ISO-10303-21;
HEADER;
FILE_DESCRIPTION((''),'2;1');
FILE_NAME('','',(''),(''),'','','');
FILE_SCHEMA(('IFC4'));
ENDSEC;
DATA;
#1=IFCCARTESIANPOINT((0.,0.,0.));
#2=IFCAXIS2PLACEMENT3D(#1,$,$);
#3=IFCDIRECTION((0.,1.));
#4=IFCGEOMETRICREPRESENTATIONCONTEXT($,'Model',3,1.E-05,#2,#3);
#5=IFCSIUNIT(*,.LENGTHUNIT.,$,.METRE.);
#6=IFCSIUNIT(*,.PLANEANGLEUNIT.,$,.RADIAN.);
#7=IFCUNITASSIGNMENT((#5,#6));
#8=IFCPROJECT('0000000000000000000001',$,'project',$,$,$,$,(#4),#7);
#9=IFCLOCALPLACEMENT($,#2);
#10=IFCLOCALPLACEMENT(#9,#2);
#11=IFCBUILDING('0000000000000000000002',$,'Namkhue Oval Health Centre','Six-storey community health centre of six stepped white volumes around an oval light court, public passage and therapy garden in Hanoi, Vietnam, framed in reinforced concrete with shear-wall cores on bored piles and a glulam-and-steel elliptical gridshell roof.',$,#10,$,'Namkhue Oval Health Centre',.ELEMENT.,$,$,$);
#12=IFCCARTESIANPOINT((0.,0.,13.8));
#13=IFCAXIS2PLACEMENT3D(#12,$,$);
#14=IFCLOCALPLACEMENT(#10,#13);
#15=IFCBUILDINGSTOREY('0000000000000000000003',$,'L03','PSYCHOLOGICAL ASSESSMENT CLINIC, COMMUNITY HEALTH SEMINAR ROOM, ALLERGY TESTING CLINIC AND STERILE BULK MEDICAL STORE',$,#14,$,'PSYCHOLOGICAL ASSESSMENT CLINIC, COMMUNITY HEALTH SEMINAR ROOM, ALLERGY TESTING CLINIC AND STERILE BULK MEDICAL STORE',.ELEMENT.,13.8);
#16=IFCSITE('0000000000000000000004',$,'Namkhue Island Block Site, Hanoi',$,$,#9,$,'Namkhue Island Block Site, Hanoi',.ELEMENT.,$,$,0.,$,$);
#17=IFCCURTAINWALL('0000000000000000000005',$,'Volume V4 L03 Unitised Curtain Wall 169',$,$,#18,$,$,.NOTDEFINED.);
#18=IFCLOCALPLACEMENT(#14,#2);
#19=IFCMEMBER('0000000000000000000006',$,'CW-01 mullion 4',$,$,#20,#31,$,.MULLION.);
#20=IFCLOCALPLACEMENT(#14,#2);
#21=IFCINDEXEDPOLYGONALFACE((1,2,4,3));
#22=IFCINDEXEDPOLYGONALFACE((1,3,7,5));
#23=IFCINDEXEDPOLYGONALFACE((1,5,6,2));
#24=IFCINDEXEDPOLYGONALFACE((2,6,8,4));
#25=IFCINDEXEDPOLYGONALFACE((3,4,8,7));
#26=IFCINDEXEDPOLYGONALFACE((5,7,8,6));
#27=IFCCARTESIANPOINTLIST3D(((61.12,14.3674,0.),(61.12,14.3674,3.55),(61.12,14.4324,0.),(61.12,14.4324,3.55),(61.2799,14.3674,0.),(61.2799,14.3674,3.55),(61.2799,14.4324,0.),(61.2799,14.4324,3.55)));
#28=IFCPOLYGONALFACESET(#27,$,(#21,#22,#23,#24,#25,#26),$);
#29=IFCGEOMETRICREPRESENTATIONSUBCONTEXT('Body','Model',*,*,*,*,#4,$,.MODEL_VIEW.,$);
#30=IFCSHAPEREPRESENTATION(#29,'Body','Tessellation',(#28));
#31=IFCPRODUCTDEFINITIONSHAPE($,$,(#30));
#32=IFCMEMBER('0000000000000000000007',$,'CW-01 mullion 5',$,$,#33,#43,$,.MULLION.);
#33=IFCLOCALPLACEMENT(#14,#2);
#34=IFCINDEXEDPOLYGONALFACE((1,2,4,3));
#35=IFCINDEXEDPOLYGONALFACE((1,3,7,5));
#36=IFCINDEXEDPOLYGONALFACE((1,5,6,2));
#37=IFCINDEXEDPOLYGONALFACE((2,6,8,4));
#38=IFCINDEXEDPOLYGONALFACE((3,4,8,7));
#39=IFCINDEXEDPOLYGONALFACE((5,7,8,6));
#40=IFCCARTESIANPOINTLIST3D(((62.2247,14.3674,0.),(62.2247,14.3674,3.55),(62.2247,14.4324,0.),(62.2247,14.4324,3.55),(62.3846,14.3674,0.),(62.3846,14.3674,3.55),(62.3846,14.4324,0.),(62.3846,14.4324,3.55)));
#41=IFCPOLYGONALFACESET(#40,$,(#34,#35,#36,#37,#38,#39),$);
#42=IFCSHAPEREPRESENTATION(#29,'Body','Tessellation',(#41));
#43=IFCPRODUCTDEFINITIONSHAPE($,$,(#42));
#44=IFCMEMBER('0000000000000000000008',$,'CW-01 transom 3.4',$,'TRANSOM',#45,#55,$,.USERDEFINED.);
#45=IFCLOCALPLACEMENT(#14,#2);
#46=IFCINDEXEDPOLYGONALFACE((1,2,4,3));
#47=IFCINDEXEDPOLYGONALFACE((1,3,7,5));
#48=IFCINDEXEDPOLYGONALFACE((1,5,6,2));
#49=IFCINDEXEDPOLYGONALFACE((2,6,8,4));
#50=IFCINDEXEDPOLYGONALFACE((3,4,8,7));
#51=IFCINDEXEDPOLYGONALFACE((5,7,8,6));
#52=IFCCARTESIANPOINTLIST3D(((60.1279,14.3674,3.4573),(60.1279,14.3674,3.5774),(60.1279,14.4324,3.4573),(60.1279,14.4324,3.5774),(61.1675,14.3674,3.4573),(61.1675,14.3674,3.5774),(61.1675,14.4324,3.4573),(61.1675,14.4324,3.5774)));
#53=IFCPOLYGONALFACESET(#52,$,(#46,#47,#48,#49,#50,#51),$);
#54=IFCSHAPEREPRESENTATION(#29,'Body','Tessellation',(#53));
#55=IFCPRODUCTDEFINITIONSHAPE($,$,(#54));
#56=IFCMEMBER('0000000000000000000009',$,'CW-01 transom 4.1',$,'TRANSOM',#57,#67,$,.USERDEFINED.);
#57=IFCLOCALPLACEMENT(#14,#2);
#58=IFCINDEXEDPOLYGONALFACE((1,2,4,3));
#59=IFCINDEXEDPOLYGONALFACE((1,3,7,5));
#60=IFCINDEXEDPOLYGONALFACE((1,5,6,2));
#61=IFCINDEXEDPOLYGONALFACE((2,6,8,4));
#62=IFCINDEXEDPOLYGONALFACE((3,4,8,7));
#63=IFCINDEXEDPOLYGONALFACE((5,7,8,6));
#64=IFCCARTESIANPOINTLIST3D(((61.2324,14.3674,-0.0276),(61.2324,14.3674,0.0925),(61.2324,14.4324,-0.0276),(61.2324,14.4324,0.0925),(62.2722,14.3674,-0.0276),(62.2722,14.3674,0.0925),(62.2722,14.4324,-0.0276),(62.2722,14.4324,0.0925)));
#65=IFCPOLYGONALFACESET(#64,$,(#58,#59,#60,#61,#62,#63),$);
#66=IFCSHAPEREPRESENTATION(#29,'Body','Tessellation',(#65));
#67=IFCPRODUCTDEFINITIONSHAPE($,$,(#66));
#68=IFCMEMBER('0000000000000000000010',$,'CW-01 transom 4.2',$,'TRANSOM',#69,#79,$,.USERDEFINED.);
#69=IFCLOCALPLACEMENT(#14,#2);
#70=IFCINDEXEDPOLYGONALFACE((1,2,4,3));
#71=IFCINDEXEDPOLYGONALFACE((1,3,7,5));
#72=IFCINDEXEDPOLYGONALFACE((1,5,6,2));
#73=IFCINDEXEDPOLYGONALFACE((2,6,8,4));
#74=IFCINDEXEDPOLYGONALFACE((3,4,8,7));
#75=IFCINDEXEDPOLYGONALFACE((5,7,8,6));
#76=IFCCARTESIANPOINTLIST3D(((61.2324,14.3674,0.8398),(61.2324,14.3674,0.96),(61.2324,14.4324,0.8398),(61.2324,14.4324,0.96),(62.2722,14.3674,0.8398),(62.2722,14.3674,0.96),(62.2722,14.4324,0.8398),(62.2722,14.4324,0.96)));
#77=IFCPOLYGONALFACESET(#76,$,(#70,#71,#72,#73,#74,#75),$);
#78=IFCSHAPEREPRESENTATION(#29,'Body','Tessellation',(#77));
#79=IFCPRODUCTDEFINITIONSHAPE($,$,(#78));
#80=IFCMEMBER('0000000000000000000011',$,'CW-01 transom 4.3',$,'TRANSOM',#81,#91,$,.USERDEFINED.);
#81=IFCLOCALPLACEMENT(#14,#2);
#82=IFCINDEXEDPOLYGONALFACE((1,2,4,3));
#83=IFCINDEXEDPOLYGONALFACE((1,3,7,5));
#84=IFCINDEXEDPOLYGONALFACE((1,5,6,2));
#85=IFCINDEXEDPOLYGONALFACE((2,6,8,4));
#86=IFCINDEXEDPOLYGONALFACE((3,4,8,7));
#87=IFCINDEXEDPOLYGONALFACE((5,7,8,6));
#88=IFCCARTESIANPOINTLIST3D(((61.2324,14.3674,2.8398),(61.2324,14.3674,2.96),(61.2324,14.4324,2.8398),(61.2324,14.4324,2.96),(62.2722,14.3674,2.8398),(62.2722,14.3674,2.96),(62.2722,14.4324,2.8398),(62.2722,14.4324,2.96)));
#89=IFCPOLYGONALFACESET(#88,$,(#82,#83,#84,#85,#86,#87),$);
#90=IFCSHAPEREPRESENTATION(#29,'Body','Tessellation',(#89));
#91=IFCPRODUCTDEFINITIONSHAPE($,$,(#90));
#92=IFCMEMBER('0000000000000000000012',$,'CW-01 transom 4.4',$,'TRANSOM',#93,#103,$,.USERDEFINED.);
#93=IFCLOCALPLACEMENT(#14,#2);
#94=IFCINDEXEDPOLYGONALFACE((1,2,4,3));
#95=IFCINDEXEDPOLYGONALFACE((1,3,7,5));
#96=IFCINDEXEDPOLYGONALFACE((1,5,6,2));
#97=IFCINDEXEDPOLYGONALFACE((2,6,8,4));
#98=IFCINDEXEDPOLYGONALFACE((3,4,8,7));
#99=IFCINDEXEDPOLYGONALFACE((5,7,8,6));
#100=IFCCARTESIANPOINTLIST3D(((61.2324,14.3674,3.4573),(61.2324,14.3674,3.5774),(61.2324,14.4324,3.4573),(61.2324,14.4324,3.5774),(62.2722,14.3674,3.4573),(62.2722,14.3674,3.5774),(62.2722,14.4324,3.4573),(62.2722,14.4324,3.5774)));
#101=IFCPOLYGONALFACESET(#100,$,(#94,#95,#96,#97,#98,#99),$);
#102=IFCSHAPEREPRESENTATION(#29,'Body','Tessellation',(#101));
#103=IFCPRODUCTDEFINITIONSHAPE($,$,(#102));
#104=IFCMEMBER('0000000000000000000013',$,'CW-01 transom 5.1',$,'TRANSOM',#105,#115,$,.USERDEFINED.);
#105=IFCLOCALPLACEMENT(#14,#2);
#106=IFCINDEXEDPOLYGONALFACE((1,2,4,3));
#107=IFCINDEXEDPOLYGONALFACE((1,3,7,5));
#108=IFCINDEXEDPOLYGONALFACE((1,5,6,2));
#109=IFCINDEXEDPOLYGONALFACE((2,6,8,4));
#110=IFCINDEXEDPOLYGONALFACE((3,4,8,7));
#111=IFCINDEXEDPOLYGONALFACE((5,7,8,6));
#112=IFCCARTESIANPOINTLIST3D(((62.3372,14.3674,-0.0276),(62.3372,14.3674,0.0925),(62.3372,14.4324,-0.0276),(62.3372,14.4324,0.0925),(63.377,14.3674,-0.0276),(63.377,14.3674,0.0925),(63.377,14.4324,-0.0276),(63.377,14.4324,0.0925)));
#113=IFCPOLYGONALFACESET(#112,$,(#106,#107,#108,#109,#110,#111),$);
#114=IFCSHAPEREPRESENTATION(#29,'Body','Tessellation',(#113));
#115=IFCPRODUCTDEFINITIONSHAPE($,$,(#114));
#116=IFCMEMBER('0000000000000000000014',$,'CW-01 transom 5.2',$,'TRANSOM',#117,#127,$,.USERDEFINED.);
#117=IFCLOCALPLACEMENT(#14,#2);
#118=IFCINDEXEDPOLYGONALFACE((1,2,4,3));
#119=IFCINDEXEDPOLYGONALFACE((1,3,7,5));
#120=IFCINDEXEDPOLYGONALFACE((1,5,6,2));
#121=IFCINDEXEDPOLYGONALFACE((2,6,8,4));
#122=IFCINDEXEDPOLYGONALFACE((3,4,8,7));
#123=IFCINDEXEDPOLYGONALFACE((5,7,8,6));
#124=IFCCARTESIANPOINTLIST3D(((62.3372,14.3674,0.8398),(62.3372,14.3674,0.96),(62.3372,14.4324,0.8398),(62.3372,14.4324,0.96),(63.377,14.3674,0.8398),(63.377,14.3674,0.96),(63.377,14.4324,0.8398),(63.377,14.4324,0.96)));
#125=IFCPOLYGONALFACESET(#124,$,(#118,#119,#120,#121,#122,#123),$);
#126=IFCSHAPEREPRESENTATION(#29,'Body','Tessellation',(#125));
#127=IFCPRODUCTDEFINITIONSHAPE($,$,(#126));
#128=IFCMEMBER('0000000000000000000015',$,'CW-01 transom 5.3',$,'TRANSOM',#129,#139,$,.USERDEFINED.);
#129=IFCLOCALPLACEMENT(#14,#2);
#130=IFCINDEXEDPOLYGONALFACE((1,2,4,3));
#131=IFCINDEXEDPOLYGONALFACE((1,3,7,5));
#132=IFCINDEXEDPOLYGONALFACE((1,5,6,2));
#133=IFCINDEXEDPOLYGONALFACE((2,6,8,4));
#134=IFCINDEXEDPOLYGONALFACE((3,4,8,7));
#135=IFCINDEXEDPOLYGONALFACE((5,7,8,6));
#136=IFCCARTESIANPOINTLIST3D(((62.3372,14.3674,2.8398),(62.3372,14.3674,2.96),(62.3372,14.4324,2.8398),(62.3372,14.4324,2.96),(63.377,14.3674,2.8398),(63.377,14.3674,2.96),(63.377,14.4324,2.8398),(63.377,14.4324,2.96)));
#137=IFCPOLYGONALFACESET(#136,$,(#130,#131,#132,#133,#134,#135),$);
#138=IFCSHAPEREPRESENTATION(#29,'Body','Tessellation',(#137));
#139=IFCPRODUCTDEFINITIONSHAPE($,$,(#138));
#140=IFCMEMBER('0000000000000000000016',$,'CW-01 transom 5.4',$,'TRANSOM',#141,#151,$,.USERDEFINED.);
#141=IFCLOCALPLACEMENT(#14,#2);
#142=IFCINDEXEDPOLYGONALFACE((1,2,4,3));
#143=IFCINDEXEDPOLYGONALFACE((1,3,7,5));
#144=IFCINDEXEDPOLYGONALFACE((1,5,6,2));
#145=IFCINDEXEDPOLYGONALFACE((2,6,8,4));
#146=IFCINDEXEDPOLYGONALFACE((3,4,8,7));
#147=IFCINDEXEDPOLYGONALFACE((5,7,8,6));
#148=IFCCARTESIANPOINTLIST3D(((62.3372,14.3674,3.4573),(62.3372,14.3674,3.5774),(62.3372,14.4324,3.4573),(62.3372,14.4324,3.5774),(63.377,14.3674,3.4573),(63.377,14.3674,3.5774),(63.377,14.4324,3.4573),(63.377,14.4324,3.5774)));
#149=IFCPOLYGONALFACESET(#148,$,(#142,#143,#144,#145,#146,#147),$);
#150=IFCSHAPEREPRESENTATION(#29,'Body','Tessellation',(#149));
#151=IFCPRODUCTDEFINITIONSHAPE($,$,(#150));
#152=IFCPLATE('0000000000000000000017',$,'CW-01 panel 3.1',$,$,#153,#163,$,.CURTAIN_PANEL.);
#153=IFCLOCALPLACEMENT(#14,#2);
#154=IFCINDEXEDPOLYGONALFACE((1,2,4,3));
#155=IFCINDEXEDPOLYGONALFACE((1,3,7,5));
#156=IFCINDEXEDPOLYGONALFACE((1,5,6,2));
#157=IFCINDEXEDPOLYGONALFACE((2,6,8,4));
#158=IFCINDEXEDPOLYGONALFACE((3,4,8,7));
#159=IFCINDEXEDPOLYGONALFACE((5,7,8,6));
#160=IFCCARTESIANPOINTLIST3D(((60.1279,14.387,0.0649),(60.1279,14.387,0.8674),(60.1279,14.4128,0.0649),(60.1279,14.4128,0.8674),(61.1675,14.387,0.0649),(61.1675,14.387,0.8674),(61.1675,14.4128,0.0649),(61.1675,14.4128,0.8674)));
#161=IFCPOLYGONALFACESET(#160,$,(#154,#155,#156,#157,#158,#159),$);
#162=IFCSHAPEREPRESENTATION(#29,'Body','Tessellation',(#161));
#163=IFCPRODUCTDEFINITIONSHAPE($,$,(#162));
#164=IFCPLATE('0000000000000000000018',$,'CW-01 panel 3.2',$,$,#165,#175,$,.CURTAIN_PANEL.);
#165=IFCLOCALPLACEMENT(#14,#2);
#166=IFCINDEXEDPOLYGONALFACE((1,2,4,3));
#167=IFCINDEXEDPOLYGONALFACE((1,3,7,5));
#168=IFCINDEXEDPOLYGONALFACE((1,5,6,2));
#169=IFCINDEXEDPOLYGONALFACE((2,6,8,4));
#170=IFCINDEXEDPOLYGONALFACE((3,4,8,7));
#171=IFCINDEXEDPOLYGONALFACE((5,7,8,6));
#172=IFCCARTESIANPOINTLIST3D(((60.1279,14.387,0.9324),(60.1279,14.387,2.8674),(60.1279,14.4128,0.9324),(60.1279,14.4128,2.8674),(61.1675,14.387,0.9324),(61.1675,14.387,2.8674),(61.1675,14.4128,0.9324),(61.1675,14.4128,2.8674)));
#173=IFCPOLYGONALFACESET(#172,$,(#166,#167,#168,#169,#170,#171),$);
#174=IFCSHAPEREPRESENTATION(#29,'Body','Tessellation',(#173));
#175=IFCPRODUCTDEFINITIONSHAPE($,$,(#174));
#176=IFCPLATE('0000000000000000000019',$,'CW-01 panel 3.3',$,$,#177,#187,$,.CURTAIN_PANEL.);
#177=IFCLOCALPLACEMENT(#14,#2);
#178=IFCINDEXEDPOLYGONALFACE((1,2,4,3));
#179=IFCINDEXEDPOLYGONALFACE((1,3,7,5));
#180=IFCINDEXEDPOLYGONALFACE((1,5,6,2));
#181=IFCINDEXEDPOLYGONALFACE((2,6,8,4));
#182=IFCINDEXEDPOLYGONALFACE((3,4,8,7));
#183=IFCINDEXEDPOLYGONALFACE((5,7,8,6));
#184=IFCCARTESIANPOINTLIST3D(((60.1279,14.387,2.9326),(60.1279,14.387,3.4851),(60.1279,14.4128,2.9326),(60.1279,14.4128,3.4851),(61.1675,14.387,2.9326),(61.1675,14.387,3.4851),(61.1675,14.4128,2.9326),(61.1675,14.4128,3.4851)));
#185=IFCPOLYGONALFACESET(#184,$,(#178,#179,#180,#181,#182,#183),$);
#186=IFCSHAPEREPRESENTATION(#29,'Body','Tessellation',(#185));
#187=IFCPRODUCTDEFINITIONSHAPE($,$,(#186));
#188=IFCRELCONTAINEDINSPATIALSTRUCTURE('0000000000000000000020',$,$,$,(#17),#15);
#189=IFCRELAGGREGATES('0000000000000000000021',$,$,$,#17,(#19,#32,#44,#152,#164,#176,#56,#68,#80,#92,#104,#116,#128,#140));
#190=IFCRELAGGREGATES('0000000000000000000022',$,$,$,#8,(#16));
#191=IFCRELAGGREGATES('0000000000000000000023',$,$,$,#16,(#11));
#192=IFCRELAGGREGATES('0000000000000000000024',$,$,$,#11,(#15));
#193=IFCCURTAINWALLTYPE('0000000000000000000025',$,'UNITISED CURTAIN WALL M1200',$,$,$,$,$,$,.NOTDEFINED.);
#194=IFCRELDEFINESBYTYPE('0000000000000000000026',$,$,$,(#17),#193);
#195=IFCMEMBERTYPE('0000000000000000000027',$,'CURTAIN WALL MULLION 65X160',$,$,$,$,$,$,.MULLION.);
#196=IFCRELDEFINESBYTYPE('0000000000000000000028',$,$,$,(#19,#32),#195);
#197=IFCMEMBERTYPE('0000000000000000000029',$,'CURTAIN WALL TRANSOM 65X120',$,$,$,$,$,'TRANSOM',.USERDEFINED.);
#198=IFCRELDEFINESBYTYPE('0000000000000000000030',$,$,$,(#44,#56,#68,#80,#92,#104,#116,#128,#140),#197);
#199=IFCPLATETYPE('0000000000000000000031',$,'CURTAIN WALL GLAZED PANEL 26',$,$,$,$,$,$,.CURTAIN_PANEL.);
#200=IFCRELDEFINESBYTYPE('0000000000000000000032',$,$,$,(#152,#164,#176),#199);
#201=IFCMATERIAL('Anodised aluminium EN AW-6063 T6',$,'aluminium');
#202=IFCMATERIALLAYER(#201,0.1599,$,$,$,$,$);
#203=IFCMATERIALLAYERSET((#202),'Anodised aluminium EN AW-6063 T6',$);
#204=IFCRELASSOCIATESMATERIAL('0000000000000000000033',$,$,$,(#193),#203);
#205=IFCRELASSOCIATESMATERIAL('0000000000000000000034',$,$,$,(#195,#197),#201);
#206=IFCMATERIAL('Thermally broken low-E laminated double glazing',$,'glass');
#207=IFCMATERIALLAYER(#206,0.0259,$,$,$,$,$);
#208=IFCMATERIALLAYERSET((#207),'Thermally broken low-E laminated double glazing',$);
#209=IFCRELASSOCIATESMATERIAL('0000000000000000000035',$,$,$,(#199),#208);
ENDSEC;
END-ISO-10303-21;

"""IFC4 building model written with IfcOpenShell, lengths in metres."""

from ifc_helpers import new_model, si_unit, direction, frame, origin, origin_2d, place, context, subcontext, project, spatial, rectangle, extrude, material, layer, layer_set, material_profile, profile_set, type_object, element, aggregate, save


model = new_model("IFC4")

# Units and contexts
model_context = context("Model", 3, precision=1e-05, world=origin(), true_north=direction((0.0, 1.0)))
body_context = subcontext(model_context, "Body", "Model", "MODEL_VIEW")
ifc_project = project(units=[si_unit("LENGTHUNIT", "METRE"), si_unit("PLANEANGLEUNIT", "RADIAN")], contexts=[model_context])

# Site, building, storey
site_placement = place(None, origin())
site = spatial("IfcSite", under=ifc_project, at=site_placement, Name="Namkhue Island Block Site, Hanoi", LongName="Namkhue Island Block Site, Hanoi", CompositionType="ELEMENT", RefElevation=0.0)
building_placement = place(site_placement, origin())
building = spatial("IfcBuilding", under=site, at=building_placement, Name="Namkhue Oval Health Centre", Description="Six-storey community health centre of six stepped white volumes around an oval light court, public passage and therapy garden in Hanoi, Vietnam, framed in reinforced concrete with shear-wall cores on bored piles and a glulam-and-steel elliptical gridshell roof.", LongName="Namkhue Oval Health Centre", CompositionType="ELEMENT")
storey_placement = place(building_placement, frame((0.0, 0.0, 13.8)))
storey = spatial("IfcBuildingStorey", under=building, at=storey_placement, Name="L03", Description="PSYCHOLOGICAL ASSESSMENT CLINIC, COMMUNITY HEALTH SEMINAR ROOM, ALLERGY TESTING CLINIC AND STERILE BULK MEDICAL STORE", LongName="PSYCHOLOGICAL ASSESSMENT CLINIC, COMMUNITY HEALTH SEMINAR ROOM, ALLERGY TESTING CLINIC AND STERILE BULK MEDICAL STORE", CompositionType="ELEMENT", Elevation=13.8)

# Curtain wall, members, plates
ifc_material_1 = material(Name="Anodised aluminium EN AW-6063 T6", Category="aluminium")
ifc_layer_1 = layer(ifc_material_1, 0.1599)
ifc_layer_set_1 = layer_set([ifc_layer_1], Name="Anodised aluminium EN AW-6063 T6")
curtain_wall_type = type_object("IfcCurtainWallType", Name="UNITISED CURTAIN WALL M1200", PredefinedType="NOTDEFINED", material=ifc_layer_set_1)
curtain_wall_placement = place(storey_placement, origin())
curtain_wall = element("IfcCurtainWall", 1, at=curtain_wall_placement, inside=storey, type_object=curtain_wall_type, Name="Volume V4 L03 Unitised Curtain Wall 169", PredefinedType="NOTDEFINED")
ifc_material_profile_1 = material_profile(ifc_material_1, rectangle(XDim=0.0649, YDim=0.1599, at=origin_2d()), Name="ALU 65x160")
ifc_profile_set_1 = profile_set([ifc_material_profile_1], Name="Anodised aluminium EN AW-6063 T6")
member_type_1 = type_object("IfcMemberType", Name="CURTAIN WALL MULLION 65X160", PredefinedType="MULLION", material=ifc_profile_set_1)
member_1_placement = place(storey_placement, frame((61.2, 14.3999, 0.0), z_axis=(0.0, 0.0, 1.0), x_axis=(0.0, 1.0, 0.0)))
member_1 = element("IfcMember", 2, at=member_1_placement, type_object=member_type_1, Name="CW-01 mullion 4", PredefinedType="MULLION", context=body_context, shape_type="SweptSolid", body=[
    extrude(rectangle(XDim=0.0649, YDim=0.1599, at=origin_2d()), origin(), (0.0, 0.0, 1.0), 3.55),
])
member_2_placement = place(storey_placement, frame((62.3047, 14.3999, 0.0), z_axis=(0.0, 0.0, 1.0), x_axis=(0.0, 1.0, 0.0)))
member_2 = element("IfcMember", 3, at=member_2_placement, type_object=member_type_1, Name="CW-01 mullion 5", PredefinedType="MULLION", context=body_context, shape_type="SweptSolid", body=[
    extrude(rectangle(XDim=0.0649, YDim=0.1599, at=origin_2d()), origin(), (0.0, 0.0, 1.0), 3.55),
])
ifc_material_profile_2 = material_profile(ifc_material_1, rectangle(XDim=0.0649, YDim=0.1201, at=origin_2d()), Name="ALU 65x120")
ifc_profile_set_2 = profile_set([ifc_material_profile_2], Name="Anodised aluminium EN AW-6063 T6")
member_type_2 = type_object("IfcMemberType", Name="CURTAIN WALL TRANSOM 65X120", ElementType="TRANSOM", PredefinedType="USERDEFINED", material=ifc_profile_set_2)
member_3_placement = place(storey_placement, frame((60.1279, 14.3999, 3.5173), z_axis=(1.0, 0.0, 0.0), x_axis=(0.0, 1.0, 0.0)))
member_3 = element("IfcMember", 4, at=member_3_placement, type_object=member_type_2, Name="CW-01 transom 3.4", ObjectType="TRANSOM", PredefinedType="USERDEFINED", context=body_context, shape_type="SweptSolid", body=[
    extrude(rectangle(XDim=0.0649, YDim=0.1201, at=origin_2d()), origin(), (0.0, 0.0, 1.0), 1.0396),
])
member_4_placement = place(storey_placement, frame((61.2324, 14.3999, 0.0325), z_axis=(1.0, 0.0, 0.0), x_axis=(0.0, 1.0, 0.0)))
member_4 = element("IfcMember", 5, at=member_4_placement, type_object=member_type_2, Name="CW-01 transom 4.1", ObjectType="TRANSOM", PredefinedType="USERDEFINED", context=body_context, shape_type="SweptSolid", body=[
    extrude(rectangle(XDim=0.0649, YDim=0.1201, at=origin_2d()), origin(), (0.0, 0.0, 1.0), 1.0398),
])
member_5_placement = place(storey_placement, frame((61.2324, 14.3999, 0.8999), z_axis=(1.0, 0.0, 0.0), x_axis=(0.0, 1.0, 0.0)))
member_5 = element("IfcMember", 6, at=member_5_placement, type_object=member_type_2, Name="CW-01 transom 4.2", ObjectType="TRANSOM", PredefinedType="USERDEFINED", context=body_context, shape_type="SweptSolid", body=[
    extrude(rectangle(XDim=0.0649, YDim=0.1201, at=origin_2d()), origin(), (0.0, 0.0, 1.0), 1.0398),
])
member_6_placement = place(storey_placement, frame((61.2324, 14.3999, 2.8999), z_axis=(1.0, 0.0, 0.0), x_axis=(0.0, 1.0, 0.0)))
member_6 = element("IfcMember", 7, at=member_6_placement, type_object=member_type_2, Name="CW-01 transom 4.3", ObjectType="TRANSOM", PredefinedType="USERDEFINED", context=body_context, shape_type="SweptSolid", body=[
    extrude(rectangle(XDim=0.0649, YDim=0.1201, at=origin_2d()), origin(), (0.0, 0.0, 1.0), 1.0398),
])
member_7_placement = place(storey_placement, frame((61.2324, 14.3999, 3.5173), z_axis=(1.0, 0.0, 0.0), x_axis=(0.0, 1.0, 0.0)))
member_7 = element("IfcMember", 8, at=member_7_placement, type_object=member_type_2, Name="CW-01 transom 4.4", ObjectType="TRANSOM", PredefinedType="USERDEFINED", context=body_context, shape_type="SweptSolid", body=[
    extrude(rectangle(XDim=0.0649, YDim=0.1201, at=origin_2d()), origin(), (0.0, 0.0, 1.0), 1.0398),
])
member_8_placement = place(storey_placement, frame((62.3372, 14.3999, 0.0325), z_axis=(1.0, 0.0, 0.0), x_axis=(0.0, 1.0, 0.0)))
member_8 = element("IfcMember", 9, at=member_8_placement, type_object=member_type_2, Name="CW-01 transom 5.1", ObjectType="TRANSOM", PredefinedType="USERDEFINED", context=body_context, shape_type="SweptSolid", body=[
    extrude(rectangle(XDim=0.0649, YDim=0.1201, at=origin_2d()), origin(), (0.0, 0.0, 1.0), 1.0398),
])
member_9_placement = place(storey_placement, frame((62.3372, 14.3999, 0.8999), z_axis=(1.0, 0.0, 0.0), x_axis=(0.0, 1.0, 0.0)))
member_9 = element("IfcMember", 10, at=member_9_placement, type_object=member_type_2, Name="CW-01 transom 5.2", ObjectType="TRANSOM", PredefinedType="USERDEFINED", context=body_context, shape_type="SweptSolid", body=[
    extrude(rectangle(XDim=0.0649, YDim=0.1201, at=origin_2d()), origin(), (0.0, 0.0, 1.0), 1.0398),
])
member_10_placement = place(storey_placement, frame((62.3372, 14.3999, 2.8999), z_axis=(1.0, 0.0, 0.0), x_axis=(0.0, 1.0, 0.0)))
member_10 = element("IfcMember", 11, at=member_10_placement, type_object=member_type_2, Name="CW-01 transom 5.3", ObjectType="TRANSOM", PredefinedType="USERDEFINED", context=body_context, shape_type="SweptSolid", body=[
    extrude(rectangle(XDim=0.0649, YDim=0.1201, at=origin_2d()), origin(), (0.0, 0.0, 1.0), 1.0398),
])
member_11_placement = place(storey_placement, frame((62.3372, 14.3999, 3.5173), z_axis=(1.0, 0.0, 0.0), x_axis=(0.0, 1.0, 0.0)))
member_11 = element("IfcMember", 12, at=member_11_placement, type_object=member_type_2, Name="CW-01 transom 5.4", ObjectType="TRANSOM", PredefinedType="USERDEFINED", context=body_context, shape_type="SweptSolid", body=[
    extrude(rectangle(XDim=0.0649, YDim=0.1201, at=origin_2d()), origin(), (0.0, 0.0, 1.0), 1.0398),
])
ifc_material_2 = material(Name="Thermally broken low-E laminated double glazing", Category="glass")
ifc_layer_2 = layer(ifc_material_2, 0.0259)
ifc_layer_set_2 = layer_set([ifc_layer_2], Name="Thermally broken low-E laminated double glazing")
plate_type = type_object("IfcPlateType", Name="CURTAIN WALL GLAZED PANEL 26", PredefinedType="CURTAIN_PANEL", material=ifc_layer_set_2)
plate_1_placement = place(storey_placement, frame((60.6477, 14.3999, 0.0649), z_axis=(0.0, 0.0, 1.0), x_axis=(1.0, 0.0, 0.0)))
plate_1 = element("IfcPlate", 13, at=plate_1_placement, type_object=plate_type, Name="CW-01 panel 3.1", PredefinedType="CURTAIN_PANEL", context=body_context, shape_type="SweptSolid", body=[
    extrude(rectangle(XDim=1.0396, YDim=0.0259, at=origin_2d()), origin(), (0.0, 0.0, 1.0), 0.8025),
])
plate_2_placement = place(storey_placement, frame((60.6477, 14.3999, 0.9324), z_axis=(0.0, 0.0, 1.0), x_axis=(1.0, 0.0, 0.0)))
plate_2 = element("IfcPlate", 14, at=plate_2_placement, type_object=plate_type, Name="CW-01 panel 3.2", PredefinedType="CURTAIN_PANEL", context=body_context, shape_type="SweptSolid", body=[
    extrude(rectangle(XDim=1.0396, YDim=0.0259, at=origin_2d()), origin(), (0.0, 0.0, 1.0), 1.9351),
])
plate_3_placement = place(storey_placement, frame((60.6477, 14.3999, 2.9326), z_axis=(0.0, 0.0, 1.0), x_axis=(1.0, 0.0, 0.0)))
plate_3 = element("IfcPlate", 15, at=plate_3_placement, type_object=plate_type, Name="CW-01 panel 3.3", PredefinedType="CURTAIN_PANEL", context=body_context, shape_type="SweptSolid", body=[
    extrude(rectangle(XDim=1.0396, YDim=0.0259, at=origin_2d()), origin(), (0.0, 0.0, 1.0), 0.5525),
])
aggregate(curtain_wall, [member_1, member_2, member_3, plate_1, plate_2, plate_3, member_4, member_5, member_6, member_7, member_8, member_9, member_10, member_11])

save(model, "model.ifc")
